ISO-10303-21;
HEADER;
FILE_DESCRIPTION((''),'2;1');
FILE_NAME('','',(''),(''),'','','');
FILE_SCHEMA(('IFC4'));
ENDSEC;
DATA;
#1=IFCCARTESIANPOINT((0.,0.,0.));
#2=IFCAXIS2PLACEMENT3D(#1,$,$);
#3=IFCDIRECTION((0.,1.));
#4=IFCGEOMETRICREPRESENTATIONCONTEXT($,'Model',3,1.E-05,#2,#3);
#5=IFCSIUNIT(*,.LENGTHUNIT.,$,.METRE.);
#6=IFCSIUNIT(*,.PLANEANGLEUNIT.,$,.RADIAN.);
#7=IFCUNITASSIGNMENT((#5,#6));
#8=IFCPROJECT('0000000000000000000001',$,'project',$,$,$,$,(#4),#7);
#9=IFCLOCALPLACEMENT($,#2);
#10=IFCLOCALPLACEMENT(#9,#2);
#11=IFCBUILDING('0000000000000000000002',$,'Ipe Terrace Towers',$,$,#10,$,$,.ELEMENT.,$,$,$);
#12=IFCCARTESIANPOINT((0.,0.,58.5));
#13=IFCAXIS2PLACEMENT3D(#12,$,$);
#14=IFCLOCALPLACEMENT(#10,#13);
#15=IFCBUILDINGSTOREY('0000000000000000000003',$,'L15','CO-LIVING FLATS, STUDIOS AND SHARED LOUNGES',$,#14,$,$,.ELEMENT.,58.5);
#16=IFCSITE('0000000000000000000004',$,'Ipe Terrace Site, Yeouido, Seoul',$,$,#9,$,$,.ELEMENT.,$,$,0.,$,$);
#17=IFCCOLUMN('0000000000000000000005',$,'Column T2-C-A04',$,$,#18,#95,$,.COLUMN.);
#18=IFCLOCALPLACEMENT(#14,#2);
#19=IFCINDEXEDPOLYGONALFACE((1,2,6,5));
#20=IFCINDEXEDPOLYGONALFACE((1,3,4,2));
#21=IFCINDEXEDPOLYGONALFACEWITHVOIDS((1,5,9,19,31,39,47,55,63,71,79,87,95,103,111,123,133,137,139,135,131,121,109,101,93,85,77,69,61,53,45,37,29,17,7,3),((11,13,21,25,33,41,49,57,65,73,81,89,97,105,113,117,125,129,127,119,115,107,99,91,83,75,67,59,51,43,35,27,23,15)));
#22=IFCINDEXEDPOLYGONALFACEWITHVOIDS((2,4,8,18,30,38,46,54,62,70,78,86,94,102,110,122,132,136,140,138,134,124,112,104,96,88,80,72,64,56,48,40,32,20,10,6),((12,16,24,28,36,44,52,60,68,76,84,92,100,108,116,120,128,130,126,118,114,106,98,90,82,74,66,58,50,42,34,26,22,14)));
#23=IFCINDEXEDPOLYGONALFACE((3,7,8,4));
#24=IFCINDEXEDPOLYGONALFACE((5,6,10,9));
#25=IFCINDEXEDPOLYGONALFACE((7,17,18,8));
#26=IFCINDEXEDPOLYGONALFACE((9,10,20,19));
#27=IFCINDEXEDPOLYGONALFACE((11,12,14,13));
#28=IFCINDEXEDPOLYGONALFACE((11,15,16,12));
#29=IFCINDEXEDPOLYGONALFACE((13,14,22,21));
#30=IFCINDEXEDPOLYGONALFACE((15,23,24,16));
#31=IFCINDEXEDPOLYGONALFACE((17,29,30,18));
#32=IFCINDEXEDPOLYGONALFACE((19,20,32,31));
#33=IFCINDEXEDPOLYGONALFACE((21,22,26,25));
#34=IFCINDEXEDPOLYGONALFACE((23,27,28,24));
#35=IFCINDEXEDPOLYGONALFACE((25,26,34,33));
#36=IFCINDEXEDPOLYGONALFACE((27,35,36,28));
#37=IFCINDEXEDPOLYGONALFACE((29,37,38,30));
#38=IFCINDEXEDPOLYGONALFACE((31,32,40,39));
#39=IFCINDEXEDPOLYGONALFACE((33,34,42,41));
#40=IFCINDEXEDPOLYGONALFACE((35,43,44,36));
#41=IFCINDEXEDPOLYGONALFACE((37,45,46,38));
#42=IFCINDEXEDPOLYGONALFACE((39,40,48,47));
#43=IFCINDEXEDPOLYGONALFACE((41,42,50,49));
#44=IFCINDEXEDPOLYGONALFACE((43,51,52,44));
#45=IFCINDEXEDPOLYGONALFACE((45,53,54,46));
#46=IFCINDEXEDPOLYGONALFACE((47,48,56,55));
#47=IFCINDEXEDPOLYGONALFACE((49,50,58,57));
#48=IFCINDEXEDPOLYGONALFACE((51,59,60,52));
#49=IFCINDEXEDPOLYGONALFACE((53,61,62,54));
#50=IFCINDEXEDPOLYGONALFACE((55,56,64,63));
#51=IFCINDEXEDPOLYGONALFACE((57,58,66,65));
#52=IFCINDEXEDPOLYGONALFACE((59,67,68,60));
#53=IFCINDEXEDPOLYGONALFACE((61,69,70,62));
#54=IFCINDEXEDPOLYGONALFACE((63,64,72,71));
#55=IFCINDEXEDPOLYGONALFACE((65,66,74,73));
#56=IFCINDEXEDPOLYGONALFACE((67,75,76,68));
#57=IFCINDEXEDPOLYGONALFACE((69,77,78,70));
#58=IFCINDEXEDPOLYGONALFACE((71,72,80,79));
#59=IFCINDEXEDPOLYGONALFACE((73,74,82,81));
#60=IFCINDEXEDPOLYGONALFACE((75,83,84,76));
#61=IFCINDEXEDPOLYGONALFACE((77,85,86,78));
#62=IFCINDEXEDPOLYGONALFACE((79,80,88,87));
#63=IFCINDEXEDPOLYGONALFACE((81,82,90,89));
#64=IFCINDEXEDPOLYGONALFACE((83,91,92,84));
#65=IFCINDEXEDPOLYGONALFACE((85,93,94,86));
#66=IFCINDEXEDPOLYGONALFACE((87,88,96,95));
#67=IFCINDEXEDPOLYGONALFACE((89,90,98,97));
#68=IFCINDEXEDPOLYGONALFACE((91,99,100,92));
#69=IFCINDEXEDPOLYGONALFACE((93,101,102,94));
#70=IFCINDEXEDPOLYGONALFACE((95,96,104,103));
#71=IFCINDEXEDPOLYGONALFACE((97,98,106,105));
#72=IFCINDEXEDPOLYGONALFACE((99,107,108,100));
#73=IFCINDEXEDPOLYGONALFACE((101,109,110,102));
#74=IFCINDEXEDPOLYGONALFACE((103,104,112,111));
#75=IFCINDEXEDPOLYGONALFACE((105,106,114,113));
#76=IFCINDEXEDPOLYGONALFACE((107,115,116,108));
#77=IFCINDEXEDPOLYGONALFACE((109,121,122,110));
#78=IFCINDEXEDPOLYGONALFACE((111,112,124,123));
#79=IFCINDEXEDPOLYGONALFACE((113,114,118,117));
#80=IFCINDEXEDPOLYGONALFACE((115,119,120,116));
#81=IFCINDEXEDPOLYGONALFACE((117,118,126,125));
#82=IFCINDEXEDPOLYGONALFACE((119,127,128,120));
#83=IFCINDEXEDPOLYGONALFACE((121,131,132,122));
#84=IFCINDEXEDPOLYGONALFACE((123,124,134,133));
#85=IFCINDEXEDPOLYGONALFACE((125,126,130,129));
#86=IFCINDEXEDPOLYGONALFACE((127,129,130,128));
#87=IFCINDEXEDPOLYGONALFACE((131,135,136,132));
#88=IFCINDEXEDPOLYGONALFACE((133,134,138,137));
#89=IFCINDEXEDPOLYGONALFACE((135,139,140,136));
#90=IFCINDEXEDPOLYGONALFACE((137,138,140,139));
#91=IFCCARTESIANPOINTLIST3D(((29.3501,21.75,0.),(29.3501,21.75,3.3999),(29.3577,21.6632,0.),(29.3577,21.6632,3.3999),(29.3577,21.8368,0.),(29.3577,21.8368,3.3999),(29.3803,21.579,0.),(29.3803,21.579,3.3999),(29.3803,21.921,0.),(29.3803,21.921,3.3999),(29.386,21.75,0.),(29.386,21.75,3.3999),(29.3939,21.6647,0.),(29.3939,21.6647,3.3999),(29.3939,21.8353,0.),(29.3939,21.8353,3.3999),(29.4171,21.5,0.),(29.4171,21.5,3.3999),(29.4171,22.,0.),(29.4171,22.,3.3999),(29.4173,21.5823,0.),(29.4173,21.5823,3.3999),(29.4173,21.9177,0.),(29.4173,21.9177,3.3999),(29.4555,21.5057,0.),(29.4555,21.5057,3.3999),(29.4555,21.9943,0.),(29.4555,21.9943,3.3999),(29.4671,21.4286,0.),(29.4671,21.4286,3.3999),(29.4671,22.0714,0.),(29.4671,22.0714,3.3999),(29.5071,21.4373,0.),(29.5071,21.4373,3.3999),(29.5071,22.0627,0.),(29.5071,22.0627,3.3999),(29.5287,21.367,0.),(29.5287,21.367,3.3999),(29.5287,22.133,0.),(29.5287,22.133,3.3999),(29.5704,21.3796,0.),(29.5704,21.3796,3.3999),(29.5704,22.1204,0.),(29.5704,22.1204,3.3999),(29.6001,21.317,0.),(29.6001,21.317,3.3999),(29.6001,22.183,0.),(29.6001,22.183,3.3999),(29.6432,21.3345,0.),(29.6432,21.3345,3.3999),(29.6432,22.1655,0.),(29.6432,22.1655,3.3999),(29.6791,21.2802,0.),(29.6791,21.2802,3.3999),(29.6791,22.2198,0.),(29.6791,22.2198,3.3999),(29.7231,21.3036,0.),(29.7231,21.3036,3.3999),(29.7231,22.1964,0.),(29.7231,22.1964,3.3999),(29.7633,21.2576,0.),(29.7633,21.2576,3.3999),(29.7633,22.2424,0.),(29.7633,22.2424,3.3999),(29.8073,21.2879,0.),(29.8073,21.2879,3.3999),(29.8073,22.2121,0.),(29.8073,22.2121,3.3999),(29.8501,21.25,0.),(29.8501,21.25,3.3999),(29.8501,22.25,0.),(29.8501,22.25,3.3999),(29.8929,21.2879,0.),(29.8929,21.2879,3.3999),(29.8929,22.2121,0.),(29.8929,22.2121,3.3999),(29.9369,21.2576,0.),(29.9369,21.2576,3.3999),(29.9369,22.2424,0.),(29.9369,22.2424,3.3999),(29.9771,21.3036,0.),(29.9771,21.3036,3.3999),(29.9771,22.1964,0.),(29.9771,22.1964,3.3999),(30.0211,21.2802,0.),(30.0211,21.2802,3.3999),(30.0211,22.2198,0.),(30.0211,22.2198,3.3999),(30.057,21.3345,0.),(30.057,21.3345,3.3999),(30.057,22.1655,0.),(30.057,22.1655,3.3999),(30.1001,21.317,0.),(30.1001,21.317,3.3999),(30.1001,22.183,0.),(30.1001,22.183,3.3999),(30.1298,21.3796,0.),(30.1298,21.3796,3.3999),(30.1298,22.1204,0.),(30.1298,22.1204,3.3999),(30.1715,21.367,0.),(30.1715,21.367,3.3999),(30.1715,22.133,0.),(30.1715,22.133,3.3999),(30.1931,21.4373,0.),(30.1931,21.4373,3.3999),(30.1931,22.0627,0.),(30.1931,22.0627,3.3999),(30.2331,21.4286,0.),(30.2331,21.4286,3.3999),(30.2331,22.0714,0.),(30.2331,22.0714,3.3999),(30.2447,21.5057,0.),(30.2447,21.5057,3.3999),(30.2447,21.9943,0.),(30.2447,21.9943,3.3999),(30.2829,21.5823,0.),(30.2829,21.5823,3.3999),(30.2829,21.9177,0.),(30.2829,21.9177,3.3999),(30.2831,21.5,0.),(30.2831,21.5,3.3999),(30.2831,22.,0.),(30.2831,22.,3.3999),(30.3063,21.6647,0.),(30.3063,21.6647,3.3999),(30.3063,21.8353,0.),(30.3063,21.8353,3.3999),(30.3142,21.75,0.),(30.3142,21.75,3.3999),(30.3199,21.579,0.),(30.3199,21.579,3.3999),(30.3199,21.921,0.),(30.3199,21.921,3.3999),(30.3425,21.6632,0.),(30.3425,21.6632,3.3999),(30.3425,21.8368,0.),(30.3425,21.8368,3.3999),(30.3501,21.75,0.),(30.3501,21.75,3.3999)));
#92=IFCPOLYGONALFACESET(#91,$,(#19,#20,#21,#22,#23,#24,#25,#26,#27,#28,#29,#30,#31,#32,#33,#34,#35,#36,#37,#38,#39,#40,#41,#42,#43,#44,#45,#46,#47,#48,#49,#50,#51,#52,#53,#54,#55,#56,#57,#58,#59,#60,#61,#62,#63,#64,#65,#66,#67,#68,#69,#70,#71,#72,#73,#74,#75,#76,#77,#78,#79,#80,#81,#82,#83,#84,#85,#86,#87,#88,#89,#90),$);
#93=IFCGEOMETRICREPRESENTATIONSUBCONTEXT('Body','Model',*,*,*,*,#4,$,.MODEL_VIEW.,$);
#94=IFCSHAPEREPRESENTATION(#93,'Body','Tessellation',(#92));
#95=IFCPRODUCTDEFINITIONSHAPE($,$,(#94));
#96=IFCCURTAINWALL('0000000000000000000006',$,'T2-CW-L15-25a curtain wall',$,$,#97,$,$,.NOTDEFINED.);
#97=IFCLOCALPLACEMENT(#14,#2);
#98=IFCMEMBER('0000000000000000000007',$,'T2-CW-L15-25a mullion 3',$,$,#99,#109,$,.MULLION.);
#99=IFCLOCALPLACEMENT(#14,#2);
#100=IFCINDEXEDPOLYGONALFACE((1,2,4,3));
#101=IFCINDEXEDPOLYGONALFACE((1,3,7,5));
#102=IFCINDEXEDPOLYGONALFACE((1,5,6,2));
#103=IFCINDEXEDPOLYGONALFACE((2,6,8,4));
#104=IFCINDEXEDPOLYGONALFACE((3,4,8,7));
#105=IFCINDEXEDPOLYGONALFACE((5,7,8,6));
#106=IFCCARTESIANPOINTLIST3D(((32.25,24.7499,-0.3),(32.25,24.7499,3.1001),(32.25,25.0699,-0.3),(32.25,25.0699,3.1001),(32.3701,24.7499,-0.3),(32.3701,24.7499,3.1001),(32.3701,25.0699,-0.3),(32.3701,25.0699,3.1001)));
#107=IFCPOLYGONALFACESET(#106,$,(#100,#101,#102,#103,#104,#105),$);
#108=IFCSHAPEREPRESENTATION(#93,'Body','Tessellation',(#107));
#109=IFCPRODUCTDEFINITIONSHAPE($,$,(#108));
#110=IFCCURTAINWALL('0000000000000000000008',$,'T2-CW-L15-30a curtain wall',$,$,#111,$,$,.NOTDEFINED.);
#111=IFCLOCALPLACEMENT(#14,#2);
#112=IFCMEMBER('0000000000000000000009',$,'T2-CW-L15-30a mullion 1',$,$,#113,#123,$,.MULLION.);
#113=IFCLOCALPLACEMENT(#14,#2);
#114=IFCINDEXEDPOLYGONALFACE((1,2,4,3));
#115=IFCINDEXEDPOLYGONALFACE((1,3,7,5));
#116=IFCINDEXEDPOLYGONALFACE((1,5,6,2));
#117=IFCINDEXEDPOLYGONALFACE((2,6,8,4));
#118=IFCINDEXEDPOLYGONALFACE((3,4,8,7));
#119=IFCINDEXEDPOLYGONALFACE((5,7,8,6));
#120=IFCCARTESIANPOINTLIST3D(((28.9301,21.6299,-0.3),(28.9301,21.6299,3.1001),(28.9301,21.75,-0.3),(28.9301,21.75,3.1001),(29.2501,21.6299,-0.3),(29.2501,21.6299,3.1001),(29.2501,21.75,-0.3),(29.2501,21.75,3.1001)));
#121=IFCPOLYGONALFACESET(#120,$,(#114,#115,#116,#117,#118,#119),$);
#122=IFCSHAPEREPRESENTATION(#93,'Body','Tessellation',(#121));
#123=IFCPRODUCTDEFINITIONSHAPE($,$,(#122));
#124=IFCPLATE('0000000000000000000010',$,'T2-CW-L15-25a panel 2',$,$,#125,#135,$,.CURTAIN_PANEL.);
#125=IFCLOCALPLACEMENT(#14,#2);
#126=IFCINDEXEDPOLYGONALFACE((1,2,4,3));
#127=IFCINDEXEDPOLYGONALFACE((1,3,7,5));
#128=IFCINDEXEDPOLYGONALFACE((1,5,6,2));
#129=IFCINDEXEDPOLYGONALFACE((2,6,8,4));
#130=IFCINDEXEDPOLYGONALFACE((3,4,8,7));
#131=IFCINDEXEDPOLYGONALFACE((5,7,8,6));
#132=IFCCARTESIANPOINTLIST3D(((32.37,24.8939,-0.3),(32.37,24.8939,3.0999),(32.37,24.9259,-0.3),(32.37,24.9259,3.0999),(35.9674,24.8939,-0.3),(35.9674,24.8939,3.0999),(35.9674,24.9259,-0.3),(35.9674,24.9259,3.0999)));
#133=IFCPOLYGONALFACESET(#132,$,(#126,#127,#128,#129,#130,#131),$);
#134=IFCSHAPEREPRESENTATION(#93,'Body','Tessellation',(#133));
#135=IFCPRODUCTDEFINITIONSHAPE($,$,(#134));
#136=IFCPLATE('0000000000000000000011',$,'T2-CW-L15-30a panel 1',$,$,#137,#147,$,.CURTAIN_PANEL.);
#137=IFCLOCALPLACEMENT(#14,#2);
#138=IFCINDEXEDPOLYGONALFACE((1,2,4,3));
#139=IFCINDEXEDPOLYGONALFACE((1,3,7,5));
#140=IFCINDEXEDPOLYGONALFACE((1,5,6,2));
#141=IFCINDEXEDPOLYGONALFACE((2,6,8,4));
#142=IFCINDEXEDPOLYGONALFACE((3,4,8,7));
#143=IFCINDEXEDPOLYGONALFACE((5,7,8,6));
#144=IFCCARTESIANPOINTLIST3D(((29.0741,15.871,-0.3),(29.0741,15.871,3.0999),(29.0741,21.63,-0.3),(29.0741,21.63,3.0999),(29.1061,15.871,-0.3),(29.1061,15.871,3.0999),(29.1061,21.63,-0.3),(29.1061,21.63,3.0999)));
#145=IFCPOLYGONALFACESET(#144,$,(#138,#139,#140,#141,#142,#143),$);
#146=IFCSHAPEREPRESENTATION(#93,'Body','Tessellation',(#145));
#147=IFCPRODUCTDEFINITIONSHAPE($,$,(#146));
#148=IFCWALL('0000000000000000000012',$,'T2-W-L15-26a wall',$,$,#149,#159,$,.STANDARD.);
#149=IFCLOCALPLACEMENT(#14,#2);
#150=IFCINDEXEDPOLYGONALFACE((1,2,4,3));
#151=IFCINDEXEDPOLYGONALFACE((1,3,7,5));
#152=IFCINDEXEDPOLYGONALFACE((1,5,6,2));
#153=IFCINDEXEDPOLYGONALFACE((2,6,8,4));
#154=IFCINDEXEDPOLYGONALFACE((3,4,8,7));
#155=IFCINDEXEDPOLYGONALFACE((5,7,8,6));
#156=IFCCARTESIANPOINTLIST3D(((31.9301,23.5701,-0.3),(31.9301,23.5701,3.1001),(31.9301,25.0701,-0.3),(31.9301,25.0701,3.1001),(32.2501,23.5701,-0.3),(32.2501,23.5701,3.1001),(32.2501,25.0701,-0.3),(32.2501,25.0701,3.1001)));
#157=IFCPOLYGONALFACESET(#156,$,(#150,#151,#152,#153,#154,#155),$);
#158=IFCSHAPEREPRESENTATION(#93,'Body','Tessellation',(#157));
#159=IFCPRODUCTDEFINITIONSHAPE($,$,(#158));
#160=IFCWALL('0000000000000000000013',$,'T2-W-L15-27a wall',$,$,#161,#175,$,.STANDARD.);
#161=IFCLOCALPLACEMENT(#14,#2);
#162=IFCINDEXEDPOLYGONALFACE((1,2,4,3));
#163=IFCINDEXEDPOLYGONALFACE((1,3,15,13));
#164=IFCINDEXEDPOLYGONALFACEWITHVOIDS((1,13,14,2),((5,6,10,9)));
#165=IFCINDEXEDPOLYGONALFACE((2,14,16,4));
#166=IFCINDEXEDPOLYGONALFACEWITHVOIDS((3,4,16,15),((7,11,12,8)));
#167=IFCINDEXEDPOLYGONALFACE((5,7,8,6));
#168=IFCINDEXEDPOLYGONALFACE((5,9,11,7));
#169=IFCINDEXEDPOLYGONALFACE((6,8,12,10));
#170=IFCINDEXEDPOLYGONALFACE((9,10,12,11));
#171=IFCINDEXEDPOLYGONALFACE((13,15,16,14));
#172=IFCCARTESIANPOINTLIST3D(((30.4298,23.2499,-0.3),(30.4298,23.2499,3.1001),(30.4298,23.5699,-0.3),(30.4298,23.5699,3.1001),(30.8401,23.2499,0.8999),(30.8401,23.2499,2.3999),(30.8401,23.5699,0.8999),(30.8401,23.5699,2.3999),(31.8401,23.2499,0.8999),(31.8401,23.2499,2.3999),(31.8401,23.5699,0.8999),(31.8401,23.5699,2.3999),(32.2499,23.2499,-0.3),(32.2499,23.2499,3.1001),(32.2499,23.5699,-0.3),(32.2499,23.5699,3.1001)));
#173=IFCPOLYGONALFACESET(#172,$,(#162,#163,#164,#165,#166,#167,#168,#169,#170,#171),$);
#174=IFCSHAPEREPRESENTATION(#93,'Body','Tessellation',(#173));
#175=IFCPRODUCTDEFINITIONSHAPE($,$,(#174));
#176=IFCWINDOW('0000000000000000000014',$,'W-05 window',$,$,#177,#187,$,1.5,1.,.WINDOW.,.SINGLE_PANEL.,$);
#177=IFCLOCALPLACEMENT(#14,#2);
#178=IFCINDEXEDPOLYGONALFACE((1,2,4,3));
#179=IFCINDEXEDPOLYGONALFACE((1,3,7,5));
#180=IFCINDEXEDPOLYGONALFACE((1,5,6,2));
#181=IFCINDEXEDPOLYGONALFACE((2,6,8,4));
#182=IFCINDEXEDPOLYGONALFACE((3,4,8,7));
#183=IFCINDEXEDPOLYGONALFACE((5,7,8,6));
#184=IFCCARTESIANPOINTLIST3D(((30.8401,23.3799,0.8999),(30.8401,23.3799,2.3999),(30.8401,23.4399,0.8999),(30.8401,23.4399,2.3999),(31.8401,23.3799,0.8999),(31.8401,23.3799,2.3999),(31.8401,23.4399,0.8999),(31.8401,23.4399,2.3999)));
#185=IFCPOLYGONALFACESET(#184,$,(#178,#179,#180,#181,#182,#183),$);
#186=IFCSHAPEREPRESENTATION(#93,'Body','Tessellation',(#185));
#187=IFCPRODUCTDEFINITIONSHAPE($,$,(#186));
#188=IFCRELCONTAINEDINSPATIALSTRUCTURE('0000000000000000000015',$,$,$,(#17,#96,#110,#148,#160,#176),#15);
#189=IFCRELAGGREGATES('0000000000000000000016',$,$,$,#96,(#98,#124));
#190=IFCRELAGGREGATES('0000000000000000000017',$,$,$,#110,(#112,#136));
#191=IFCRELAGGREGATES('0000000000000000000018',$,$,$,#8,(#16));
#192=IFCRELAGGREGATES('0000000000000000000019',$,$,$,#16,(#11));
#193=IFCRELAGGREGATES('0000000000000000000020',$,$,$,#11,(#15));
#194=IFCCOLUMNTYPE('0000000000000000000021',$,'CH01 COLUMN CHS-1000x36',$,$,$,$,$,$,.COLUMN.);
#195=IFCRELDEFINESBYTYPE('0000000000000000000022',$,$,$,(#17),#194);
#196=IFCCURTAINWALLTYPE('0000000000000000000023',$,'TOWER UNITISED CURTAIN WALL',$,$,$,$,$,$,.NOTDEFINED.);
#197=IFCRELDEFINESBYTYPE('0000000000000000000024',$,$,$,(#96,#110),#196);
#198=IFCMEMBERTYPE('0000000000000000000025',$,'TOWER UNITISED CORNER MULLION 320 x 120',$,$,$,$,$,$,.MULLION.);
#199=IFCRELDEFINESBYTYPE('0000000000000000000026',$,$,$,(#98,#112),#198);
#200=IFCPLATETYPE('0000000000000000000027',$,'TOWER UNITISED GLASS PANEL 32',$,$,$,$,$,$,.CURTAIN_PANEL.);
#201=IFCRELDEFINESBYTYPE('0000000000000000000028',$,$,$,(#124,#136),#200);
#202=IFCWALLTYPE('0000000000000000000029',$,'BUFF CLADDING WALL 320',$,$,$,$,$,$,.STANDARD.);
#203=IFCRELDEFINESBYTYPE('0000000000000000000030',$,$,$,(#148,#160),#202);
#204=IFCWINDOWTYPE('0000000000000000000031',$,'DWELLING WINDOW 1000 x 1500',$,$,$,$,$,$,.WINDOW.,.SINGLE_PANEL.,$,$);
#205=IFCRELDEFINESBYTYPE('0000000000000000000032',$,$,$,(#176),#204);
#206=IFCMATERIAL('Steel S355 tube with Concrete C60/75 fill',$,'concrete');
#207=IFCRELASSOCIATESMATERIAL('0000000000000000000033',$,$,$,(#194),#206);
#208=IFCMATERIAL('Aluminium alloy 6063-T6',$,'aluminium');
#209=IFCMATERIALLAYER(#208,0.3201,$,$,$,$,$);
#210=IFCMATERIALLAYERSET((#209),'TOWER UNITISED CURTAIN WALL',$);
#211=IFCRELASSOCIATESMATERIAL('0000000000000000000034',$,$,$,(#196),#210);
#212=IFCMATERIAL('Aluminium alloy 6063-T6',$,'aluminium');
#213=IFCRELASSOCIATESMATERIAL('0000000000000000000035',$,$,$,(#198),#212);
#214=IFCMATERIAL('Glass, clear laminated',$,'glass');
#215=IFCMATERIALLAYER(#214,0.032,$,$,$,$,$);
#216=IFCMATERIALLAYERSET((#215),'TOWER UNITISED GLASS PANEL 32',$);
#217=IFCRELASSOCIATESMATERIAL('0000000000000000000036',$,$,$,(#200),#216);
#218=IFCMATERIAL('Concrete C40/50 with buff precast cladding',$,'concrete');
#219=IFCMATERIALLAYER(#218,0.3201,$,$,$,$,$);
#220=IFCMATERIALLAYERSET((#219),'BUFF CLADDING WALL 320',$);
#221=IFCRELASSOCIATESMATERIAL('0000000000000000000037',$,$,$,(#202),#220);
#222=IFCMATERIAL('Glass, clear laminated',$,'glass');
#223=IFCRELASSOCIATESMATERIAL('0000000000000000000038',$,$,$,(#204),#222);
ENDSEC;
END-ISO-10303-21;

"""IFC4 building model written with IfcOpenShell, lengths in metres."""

from ifc_helpers import new_model, si_unit, direction, frame, frame_2d, origin, origin_2d, place, context, subcontext, project, spatial, rectangle, hollow_circle, extrude, material, layer, layer_set, material_profile, profile_set, type_object, element, fill, aggregate, save


model = new_model("IFC4")

# Units and contexts
model_context = context("Model", 3, precision=1e-05, world=origin(), true_north=direction((0.0, 1.0)))
body_context = subcontext(model_context, "Body", "Model", "MODEL_VIEW")
ifc_project = project(units=[si_unit("LENGTHUNIT", "METRE"), si_unit("PLANEANGLEUNIT", "RADIAN")], contexts=[model_context])

# Site, building, storey
site_placement = place(None, origin())
site = spatial("IfcSite", under=ifc_project, at=site_placement, Name="Ipe Terrace Site, Yeouido, Seoul", CompositionType="ELEMENT", RefElevation=0.0)
building_placement = place(site_placement, origin())
building = spatial("IfcBuilding", under=site, at=building_placement, Name="Ipe Terrace Towers", CompositionType="ELEMENT")
storey_placement = place(building_placement, frame((0.0, 0.0, 58.5)))
storey = spatial("IfcBuildingStorey", under=building, at=storey_placement, Name="L15", Description="CO-LIVING FLATS, STUDIOS AND SHARED LOUNGES", CompositionType="ELEMENT", Elevation=58.5)

# Column
ifc_material_1 = material(Name="Steel S355 tube with Concrete C60/75 fill", Category="concrete")
ifc_material_profile_1 = material_profile(ifc_material_1, hollow_circle(Radius=0.5, WallThickness=0.0359, at=origin_2d()), Name="CHS-1000x36")
ifc_profile_set_1 = profile_set([ifc_material_profile_1], Name="Steel S355 tube with Concrete C60/75 fill")
column_type = type_object("IfcColumnType", Name="CH01 COLUMN CHS-1000x36", PredefinedType="COLUMN", material=ifc_profile_set_1)
column_placement = place(storey_placement, frame((29.8501, 21.75, 0.0), z_axis=(0.0, 0.0, 1.0), x_axis=(1.0, 0.0, 0.0)))
element("IfcColumn", 1, at=column_placement, inside=storey, type_object=column_type, Name="Column T2-C-A04", PredefinedType="COLUMN", context=body_context, shape_type="SweptSolid", body=[
    extrude(hollow_circle(Radius=0.5, WallThickness=0.0359, at=origin_2d()), origin(), (0.0, 0.0, 1.0), 3.3999),
])

# Curtain walls, members
ifc_material_2 = material(Name="Aluminium alloy 6063-T6", Category="aluminium")
ifc_layer_1 = layer(ifc_material_2, 0.3201)
ifc_layer_set_1 = layer_set([ifc_layer_1], Name="TOWER UNITISED CURTAIN WALL")
curtain_wall_type = type_object("IfcCurtainWallType", Name="TOWER UNITISED CURTAIN WALL", PredefinedType="NOTDEFINED", material=ifc_layer_set_1)
curtain_wall_1_placement = place(storey_placement, origin())
curtain_wall_1 = element("IfcCurtainWall", 2, at=curtain_wall_1_placement, inside=storey, type_object=curtain_wall_type, Name="T2-CW-L15-25a curtain wall", PredefinedType="NOTDEFINED")
ifc_material_3 = material(Name="Aluminium alloy 6063-T6", Category="aluminium")
ifc_material_profile_2 = material_profile(ifc_material_3, rectangle(XDim=0.3201, YDim=0.1201, at=origin_2d()), Name="TOWER UNITISED CORNER MULLION 320 x 120")
ifc_profile_set_2 = profile_set([ifc_material_profile_2], Name="Aluminium alloy 6063-T6")
member_type = type_object("IfcMemberType", Name="TOWER UNITISED CORNER MULLION 320 x 120", PredefinedType="MULLION", material=ifc_profile_set_2)
member_1_placement = place(storey_placement, frame((32.3101, 24.9099, -0.3), z_axis=(0.0, 0.0, 1.0), x_axis=(0.0, 1.0, 0.0)))
member_1 = element("IfcMember", 3, at=member_1_placement, type_object=member_type, Name="T2-CW-L15-25a mullion 3", PredefinedType="MULLION", context=body_context, shape_type="SweptSolid", body=[
    extrude(rectangle(XDim=0.3201, YDim=0.1201, at=origin_2d()), origin(), (0.0, 0.0, 1.0), 3.4001),
])
curtain_wall_2_placement = place(storey_placement, origin())
curtain_wall_2 = element("IfcCurtainWall", 4, at=curtain_wall_2_placement, inside=storey, type_object=curtain_wall_type, Name="T2-CW-L15-30a curtain wall", PredefinedType="NOTDEFINED")
member_2_placement = place(storey_placement, frame((29.0901, 21.6899, -0.3), z_axis=(0.0, 0.0, 1.0), x_axis=(-1.0, 0.0, 0.0)))
member_2 = element("IfcMember", 5, at=member_2_placement, type_object=member_type, Name="T2-CW-L15-30a mullion 1", PredefinedType="MULLION", context=body_context, shape_type="SweptSolid", body=[
    extrude(rectangle(XDim=0.3201, YDim=0.1201, at=origin_2d()), origin(), (0.0, 0.0, 1.0), 3.4001),
])

# Plates
ifc_material_4 = material(Name="Glass, clear laminated", Category="glass")
ifc_layer_2 = layer(ifc_material_4, 0.032)
ifc_layer_set_2 = layer_set([ifc_layer_2], Name="TOWER UNITISED GLASS PANEL 32")
plate_type = type_object("IfcPlateType", Name="TOWER UNITISED GLASS PANEL 32", PredefinedType="CURTAIN_PANEL", material=ifc_layer_set_2)
plate_1_placement = place(storey_placement, frame((34.1687, 24.9099, -0.3), z_axis=(0.0, 0.0, 1.0), x_axis=(-1.0, 0.0, 0.0)))
plate_1 = element("IfcPlate", 6, at=plate_1_placement, type_object=plate_type, Name="T2-CW-L15-25a panel 2", PredefinedType="CURTAIN_PANEL", context=body_context, shape_type="SweptSolid", body=[
    extrude(rectangle(XDim=3.5974, YDim=0.032, at=origin_2d()), origin(), (0.0, 0.0, 1.0), 3.3999),
])
aggregate(curtain_wall_1, [member_1, plate_1])
plate_2_placement = place(storey_placement, frame((29.0901, 18.7505, -0.3), z_axis=(0.0, 0.0, 1.0), x_axis=(0.0, -1.0, 0.0)))
plate_2 = element("IfcPlate", 7, at=plate_2_placement, type_object=plate_type, Name="T2-CW-L15-30a panel 1", PredefinedType="CURTAIN_PANEL", context=body_context, shape_type="SweptSolid", body=[
    extrude(rectangle(XDim=5.759, YDim=0.032, at=origin_2d()), origin(), (0.0, 0.0, 1.0), 3.3999),
])
aggregate(curtain_wall_2, [member_2, plate_2])

# Wall
ifc_material_5 = material(Name="Concrete C40/50 with buff precast cladding", Category="concrete")
ifc_layer_3 = layer(ifc_material_5, 0.3201)
ifc_layer_set_3 = layer_set([ifc_layer_3], Name="BUFF CLADDING WALL 320")
wall_type_1 = type_object("IfcWallType", Name="BUFF CLADDING WALL 320", PredefinedType="STANDARD", material=ifc_layer_set_3)
wall_1_placement = place(storey_placement, frame((32.0901, 25.0701, -0.3), z_axis=(0.0, 0.0, 1.0), x_axis=(0.0, -1.0, 0.0)))
element("IfcWall", 8, at=wall_1_placement, inside=storey, type_object=wall_type_1, Name="T2-W-L15-26a wall", PredefinedType="STANDARD", context=body_context, shape_type="SweptSolid", body=[
    extrude(rectangle(XDim=1.5, YDim=0.3201, at=frame_2d((0.75, 0.0))), origin(), (0.0, 0.0, 1.0), 3.4001),
])

# Wall, opening, window
wall_2_placement = place(storey_placement, frame((32.25, 23.4099, -0.3), z_axis=(0.0, 0.0, 1.0), x_axis=(-1.0, 0.0, 0.0)))
wall_2 = element("IfcWall", 9, at=wall_2_placement, inside=storey, type_object=wall_type_1, Name="T2-W-L15-27a wall", PredefinedType="STANDARD", context=body_context, shape_type="SweptSolid", body=[
    extrude(rectangle(XDim=1.8201, YDim=0.3201, at=frame_2d((0.9102, 0.0))), origin(), (0.0, 0.0, 1.0), 3.4001),
])
opening_1_placement = place(wall_2_placement, frame((0.4099, 0.0, 1.2)))
opening_1 = element("IfcOpeningElement", 10, at=opening_1_placement, cuts=wall_2, PredefinedType="OPENING", context=body_context, shape_type="SweptSolid", body=[
    extrude(rectangle(XDim=1.0, YDim=1.5, at=frame_2d((0.5, 0.75))), frame((0.0, 0.1699, 0.0), z_axis=(0.0, -1.0, 0.0), x_axis=(1.0, 0.0, 0.0)), (0.0, 0.0, 1.0), 0.3401),
])
ifc_material_6 = material(Name="Glass, clear laminated", Category="glass")
window_type = type_object("IfcWindowType", Name="DWELLING WINDOW 1000 x 1500", PartitioningType="SINGLE_PANEL", PredefinedType="WINDOW", material=ifc_material_6)
window_placement = place(opening_1_placement, origin())
window = element("IfcWindow", 11, at=window_placement, inside=storey, type_object=window_type, Name="W-05 window", OverallHeight=1.5, OverallWidth=1.0, PartitioningType="SINGLE_PANEL", PredefinedType="WINDOW", context=body_context, shape_type="SweptSolid", body=[
    extrude(rectangle(XDim=1.0, YDim=1.5, at=frame_2d((0.5, 0.75))), frame((0.0, 0.03, 0.0), z_axis=(0.0, -1.0, 0.0), x_axis=(1.0, 0.0, 0.0)), (0.0, 0.0, 1.0), 0.0601),
])
fill(opening_1, window)

save(model, "model.ifc")
